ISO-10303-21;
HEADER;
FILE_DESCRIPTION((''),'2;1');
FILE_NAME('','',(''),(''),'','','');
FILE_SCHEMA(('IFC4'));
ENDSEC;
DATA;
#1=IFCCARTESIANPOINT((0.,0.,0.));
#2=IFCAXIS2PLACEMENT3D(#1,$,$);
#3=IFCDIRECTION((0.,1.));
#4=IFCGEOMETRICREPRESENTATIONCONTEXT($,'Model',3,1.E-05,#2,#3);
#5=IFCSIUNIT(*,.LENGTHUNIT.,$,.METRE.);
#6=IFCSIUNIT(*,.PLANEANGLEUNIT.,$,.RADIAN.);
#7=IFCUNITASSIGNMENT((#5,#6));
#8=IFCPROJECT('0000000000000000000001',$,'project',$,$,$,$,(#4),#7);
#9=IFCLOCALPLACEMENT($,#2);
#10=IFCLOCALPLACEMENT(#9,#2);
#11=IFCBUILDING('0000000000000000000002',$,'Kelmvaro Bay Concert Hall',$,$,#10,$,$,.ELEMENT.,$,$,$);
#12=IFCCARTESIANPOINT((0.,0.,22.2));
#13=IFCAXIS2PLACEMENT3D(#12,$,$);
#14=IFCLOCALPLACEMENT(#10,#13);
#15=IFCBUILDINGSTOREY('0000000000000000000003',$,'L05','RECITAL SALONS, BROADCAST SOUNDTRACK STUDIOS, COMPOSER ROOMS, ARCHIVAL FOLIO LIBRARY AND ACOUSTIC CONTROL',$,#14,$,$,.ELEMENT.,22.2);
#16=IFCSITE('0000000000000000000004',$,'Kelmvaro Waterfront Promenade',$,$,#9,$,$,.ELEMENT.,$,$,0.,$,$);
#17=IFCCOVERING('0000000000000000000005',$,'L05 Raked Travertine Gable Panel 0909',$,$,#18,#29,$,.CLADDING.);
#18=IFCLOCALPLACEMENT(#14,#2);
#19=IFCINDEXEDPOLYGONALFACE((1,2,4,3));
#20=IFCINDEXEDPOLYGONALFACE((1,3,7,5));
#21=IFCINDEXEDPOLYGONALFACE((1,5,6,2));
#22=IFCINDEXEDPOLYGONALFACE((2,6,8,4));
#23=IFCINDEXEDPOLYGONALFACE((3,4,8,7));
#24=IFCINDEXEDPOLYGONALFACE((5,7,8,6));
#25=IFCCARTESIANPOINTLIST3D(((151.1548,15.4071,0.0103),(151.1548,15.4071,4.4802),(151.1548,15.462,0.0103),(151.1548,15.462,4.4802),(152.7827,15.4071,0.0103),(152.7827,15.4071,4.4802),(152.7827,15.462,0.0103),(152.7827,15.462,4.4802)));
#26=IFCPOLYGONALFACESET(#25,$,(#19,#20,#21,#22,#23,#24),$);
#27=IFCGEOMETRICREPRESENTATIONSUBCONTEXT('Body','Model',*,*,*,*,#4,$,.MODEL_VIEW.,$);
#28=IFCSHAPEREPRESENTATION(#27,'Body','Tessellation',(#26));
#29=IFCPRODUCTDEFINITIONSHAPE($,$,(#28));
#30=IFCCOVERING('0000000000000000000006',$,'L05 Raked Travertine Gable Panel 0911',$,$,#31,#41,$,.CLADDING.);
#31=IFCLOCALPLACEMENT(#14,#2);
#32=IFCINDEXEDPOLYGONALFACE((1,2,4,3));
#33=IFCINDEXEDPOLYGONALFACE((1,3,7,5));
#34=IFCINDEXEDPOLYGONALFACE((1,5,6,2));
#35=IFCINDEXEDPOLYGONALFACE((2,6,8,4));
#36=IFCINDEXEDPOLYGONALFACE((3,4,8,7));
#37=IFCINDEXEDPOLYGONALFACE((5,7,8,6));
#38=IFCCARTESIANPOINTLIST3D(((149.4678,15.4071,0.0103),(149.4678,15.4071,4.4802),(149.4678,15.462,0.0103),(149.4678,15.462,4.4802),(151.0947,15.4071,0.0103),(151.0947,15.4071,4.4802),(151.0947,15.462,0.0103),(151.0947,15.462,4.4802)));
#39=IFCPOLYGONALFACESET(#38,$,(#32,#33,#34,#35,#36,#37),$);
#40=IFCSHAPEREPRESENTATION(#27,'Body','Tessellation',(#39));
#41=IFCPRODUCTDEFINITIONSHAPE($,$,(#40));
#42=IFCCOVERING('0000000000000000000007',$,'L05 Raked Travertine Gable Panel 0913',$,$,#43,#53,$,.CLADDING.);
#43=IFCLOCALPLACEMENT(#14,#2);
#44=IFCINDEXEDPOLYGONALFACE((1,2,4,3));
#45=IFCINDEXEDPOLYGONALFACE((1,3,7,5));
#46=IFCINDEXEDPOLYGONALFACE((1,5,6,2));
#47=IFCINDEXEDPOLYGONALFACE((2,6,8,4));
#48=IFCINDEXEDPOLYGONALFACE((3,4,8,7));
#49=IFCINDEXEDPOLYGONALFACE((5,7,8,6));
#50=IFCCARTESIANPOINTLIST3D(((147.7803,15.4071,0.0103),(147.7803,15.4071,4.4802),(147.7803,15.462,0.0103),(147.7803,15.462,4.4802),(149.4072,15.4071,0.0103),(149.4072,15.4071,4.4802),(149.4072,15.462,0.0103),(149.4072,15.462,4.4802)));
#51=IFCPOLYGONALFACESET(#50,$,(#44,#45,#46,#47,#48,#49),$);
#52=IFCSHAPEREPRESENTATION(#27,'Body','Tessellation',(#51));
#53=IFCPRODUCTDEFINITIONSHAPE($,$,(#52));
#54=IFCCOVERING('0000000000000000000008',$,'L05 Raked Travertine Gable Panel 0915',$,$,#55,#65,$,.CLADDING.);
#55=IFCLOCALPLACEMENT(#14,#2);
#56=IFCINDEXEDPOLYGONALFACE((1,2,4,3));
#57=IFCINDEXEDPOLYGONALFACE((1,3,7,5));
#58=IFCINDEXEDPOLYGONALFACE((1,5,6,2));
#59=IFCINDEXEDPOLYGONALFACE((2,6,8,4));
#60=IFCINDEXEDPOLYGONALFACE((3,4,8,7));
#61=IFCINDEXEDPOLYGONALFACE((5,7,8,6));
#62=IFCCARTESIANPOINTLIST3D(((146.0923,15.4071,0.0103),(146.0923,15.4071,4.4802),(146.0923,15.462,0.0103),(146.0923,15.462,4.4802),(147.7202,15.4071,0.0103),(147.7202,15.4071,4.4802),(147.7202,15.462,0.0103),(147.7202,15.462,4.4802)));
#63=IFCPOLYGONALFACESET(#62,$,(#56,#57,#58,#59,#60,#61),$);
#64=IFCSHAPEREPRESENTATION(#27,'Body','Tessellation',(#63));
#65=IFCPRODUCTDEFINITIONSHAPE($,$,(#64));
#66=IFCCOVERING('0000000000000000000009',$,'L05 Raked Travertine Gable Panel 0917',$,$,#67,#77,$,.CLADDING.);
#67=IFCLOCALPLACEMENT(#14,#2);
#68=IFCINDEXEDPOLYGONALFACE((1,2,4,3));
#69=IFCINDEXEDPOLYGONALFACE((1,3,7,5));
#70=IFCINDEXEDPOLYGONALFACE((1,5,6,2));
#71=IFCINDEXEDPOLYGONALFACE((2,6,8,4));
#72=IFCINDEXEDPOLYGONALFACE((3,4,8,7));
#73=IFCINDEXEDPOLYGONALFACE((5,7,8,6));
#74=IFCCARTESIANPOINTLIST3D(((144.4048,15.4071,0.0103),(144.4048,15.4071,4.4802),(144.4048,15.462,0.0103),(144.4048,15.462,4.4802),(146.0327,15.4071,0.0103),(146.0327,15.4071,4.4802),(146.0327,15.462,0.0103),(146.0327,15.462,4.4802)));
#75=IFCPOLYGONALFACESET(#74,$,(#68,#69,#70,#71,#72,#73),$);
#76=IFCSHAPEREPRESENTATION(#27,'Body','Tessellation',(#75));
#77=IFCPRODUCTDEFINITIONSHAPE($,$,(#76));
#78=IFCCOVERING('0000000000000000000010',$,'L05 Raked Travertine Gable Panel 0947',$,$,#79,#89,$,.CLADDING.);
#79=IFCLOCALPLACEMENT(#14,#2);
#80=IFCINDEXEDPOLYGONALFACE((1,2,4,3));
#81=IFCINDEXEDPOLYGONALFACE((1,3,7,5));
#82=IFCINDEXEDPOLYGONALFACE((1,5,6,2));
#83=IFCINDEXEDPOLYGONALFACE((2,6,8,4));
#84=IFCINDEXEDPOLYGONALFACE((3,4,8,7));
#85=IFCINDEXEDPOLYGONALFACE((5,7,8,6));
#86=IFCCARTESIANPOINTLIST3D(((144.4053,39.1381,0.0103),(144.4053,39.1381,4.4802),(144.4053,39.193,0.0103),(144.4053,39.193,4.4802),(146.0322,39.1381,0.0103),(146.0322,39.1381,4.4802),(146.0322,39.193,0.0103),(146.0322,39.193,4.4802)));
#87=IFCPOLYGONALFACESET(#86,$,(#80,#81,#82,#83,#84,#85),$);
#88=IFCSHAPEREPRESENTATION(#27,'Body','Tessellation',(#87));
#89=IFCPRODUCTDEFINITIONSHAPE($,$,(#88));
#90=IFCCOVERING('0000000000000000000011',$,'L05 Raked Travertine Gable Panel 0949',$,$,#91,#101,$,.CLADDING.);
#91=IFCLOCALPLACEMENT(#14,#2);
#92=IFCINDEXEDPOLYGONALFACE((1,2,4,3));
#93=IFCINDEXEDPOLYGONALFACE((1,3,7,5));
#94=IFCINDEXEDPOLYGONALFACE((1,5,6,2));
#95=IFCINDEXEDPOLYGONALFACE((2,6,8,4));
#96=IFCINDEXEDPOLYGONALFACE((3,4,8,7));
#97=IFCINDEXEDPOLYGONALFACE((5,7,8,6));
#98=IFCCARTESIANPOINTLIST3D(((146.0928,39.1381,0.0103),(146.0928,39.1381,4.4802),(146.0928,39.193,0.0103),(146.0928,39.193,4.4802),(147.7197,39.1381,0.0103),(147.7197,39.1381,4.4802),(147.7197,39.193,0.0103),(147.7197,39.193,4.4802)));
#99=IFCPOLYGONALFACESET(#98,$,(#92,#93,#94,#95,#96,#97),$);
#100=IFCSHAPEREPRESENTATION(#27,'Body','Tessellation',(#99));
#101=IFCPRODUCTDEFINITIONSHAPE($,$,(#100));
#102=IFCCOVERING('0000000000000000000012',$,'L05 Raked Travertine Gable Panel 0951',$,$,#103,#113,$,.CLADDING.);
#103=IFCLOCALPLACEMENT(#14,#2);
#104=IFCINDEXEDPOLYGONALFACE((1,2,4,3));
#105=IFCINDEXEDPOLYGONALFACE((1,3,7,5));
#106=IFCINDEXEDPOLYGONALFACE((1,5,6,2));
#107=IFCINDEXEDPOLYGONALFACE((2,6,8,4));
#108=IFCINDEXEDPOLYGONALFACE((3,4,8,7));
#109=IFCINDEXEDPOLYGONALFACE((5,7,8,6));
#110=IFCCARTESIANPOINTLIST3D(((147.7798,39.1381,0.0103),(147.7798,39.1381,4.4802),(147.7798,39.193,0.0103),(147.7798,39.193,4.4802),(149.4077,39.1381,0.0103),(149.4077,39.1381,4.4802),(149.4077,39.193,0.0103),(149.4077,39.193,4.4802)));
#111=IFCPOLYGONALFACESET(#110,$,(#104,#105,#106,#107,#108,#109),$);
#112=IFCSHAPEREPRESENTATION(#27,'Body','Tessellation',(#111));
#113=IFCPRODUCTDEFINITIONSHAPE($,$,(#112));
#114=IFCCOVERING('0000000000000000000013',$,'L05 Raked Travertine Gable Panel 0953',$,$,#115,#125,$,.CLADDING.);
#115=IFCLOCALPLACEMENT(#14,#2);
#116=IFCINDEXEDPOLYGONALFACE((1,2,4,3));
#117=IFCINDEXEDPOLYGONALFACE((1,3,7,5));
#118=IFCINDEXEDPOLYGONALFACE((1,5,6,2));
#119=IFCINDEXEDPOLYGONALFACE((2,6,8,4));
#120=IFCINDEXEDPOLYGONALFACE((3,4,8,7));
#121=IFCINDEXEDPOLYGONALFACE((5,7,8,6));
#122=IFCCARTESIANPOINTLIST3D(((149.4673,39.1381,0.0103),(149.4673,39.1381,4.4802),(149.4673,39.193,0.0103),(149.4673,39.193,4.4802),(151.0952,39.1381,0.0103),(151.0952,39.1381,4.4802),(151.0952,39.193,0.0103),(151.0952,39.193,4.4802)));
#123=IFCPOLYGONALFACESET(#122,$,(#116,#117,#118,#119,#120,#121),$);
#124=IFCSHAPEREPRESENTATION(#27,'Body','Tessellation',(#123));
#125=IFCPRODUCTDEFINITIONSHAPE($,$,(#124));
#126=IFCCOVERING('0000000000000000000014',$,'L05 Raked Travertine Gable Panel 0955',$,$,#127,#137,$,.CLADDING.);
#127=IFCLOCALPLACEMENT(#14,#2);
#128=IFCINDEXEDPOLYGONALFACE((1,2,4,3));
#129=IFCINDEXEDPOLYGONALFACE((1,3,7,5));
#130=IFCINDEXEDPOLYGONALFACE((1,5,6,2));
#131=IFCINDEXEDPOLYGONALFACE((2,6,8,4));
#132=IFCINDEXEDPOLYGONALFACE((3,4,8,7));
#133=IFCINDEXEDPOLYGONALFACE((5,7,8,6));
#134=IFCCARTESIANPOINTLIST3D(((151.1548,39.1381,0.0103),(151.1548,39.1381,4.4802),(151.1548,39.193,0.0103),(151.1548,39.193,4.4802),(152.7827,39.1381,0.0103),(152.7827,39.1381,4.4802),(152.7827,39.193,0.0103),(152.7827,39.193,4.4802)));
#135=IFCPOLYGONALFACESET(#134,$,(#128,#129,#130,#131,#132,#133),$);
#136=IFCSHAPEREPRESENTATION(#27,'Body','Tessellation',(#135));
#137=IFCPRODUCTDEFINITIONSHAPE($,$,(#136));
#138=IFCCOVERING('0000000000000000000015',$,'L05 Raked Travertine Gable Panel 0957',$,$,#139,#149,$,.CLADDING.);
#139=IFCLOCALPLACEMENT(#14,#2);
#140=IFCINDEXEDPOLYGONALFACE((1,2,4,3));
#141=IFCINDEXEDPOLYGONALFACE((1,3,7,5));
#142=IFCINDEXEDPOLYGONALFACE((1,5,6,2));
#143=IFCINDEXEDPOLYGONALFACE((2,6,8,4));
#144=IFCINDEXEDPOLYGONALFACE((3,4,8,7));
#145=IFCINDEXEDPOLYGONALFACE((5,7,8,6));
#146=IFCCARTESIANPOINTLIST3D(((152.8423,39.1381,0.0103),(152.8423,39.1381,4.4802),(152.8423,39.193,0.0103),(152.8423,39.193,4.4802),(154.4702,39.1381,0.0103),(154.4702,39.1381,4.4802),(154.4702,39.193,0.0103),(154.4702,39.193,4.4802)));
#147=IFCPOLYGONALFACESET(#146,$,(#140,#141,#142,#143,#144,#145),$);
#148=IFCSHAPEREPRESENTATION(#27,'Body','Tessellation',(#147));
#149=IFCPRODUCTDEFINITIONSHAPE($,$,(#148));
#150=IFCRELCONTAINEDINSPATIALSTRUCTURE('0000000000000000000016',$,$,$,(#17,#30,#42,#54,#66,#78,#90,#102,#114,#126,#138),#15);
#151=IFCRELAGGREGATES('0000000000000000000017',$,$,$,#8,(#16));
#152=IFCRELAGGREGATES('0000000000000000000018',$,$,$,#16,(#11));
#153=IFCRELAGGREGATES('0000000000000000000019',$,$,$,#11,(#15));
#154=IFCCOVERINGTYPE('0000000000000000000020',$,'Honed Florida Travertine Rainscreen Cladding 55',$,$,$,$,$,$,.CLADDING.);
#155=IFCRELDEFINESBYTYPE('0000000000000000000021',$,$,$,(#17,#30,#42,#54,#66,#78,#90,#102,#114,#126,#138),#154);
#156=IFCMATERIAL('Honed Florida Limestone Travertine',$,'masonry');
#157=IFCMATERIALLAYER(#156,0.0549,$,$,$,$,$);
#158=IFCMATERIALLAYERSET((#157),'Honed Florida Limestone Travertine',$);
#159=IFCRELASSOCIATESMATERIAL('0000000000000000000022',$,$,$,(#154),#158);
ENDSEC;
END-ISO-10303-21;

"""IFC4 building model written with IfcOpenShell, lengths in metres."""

from ifc_helpers import new_model, si_unit, direction, frame, origin, origin_2d, place, context, subcontext, project, spatial, rectangle, extrude, material, layer, layer_set, type_object, element, save


model = new_model("IFC4")

# Units and contexts
model_context = context("Model", 3, precision=1e-05, world=origin(), true_north=direction((0.0, 1.0)))
body_context = subcontext(model_context, "Body", "Model", "MODEL_VIEW")
ifc_project = project(units=[si_unit("LENGTHUNIT", "METRE"), si_unit("PLANEANGLEUNIT", "RADIAN")], contexts=[model_context])

# Site, building, storey
site_placement = place(None, origin())
site = spatial("IfcSite", under=ifc_project, at=site_placement, Name="Kelmvaro Waterfront Promenade", CompositionType="ELEMENT", RefElevation=0.0)
building_placement = place(site_placement, origin())
building = spatial("IfcBuilding", under=site, at=building_placement, Name="Kelmvaro Bay Concert Hall", CompositionType="ELEMENT")
storey_placement = place(building_placement, frame((0.0, 0.0, 22.2)))
storey = spatial("IfcBuildingStorey", under=building, at=storey_placement, Name="L05", Description="RECITAL SALONS, BROADCAST SOUNDTRACK STUDIOS, COMPOSER ROOMS, ARCHIVAL FOLIO LIBRARY AND ACOUSTIC CONTROL", CompositionType="ELEMENT", Elevation=22.2)

# Coverings
ifc_material_1 = material(Name="Honed Florida Limestone Travertine", Category="masonry")
ifc_layer_1 = layer(ifc_material_1, 0.0549)
ifc_layer_set_1 = layer_set([ifc_layer_1], Name="Honed Florida Limestone Travertine")
covering_type = type_object("IfcCoveringType", Name="Honed Florida Travertine Rainscreen Cladding 55", PredefinedType="CLADDING", material=ifc_layer_set_1)
covering_1_placement = place(storey_placement, frame((151.9688, 15.4346, 0.0103), z_axis=(0.0, 0.0, 1.0), x_axis=(-1.0, 0.0, 0.0)))
element("IfcCovering", 1, at=covering_1_placement, inside=storey, type_object=covering_type, Name="L05 Raked Travertine Gable Panel 0909", PredefinedType="CLADDING", context=body_context, shape_type="SweptSolid", body=[
    extrude(rectangle(XDim=1.6279, YDim=0.0549, at=origin_2d()), origin(), (0.0, 0.0, 1.0), 4.47),
])
for number, where, z_axis, x_axis, name in (
    (2, (150.2812, 15.4346, 0.0103), (0.0, 0.0, 1.0), (-1.0, 0.0, 0.0), "L05 Raked Travertine Gable Panel 0911"),
    (3, (148.5938, 15.4346, 0.0103), (0.0, 0.0, 1.0), (-1.0, 0.0, 0.0), "L05 Raked Travertine Gable Panel 0913"),
):
    element("IfcCovering", number, at=place(storey_placement, frame(where, z_axis=z_axis, x_axis=x_axis)), inside=storey, type_object=covering_type, Name=name, PredefinedType="CLADDING", context=body_context, shape_type="SweptSolid", body=[
        extrude(rectangle(XDim=1.627, YDim=0.0549, at=origin_2d()), origin(), (0.0, 0.0, 1.0), 4.47),
    ])
for number, where, z_axis, x_axis, name in (
    (4, (146.9062, 15.4346, 0.0103), (0.0, 0.0, 1.0), (-1.0, 0.0, 0.0), "L05 Raked Travertine Gable Panel 0915"),
    (5, (145.2188, 15.4346, 0.0103), (0.0, 0.0, 1.0), (-1.0, 0.0, 0.0), "L05 Raked Travertine Gable Panel 0917"),
):
    element("IfcCovering", number, at=place(storey_placement, frame(where, z_axis=z_axis, x_axis=x_axis)), inside=storey, type_object=covering_type, Name=name, PredefinedType="CLADDING", context=body_context, shape_type="SweptSolid", body=[
        extrude(rectangle(XDim=1.6279, YDim=0.0549, at=origin_2d()), origin(), (0.0, 0.0, 1.0), 4.47),
    ])
for number, where, z_axis, x_axis, name in (
    (6, (145.2188, 39.1655, 0.0103), (0.0, 0.0, 1.0), (1.0, 0.0, 0.0), "L05 Raked Travertine Gable Panel 0947"),
    (7, (146.9062, 39.1655, 0.0103), (0.0, 0.0, 1.0), (1.0, 0.0, 0.0), "L05 Raked Travertine Gable Panel 0949"),
):
    element("IfcCovering", number, at=place(storey_placement, frame(where, z_axis=z_axis, x_axis=x_axis)), inside=storey, type_object=covering_type, Name=name, PredefinedType="CLADDING", context=body_context, shape_type="SweptSolid", body=[
        extrude(rectangle(XDim=1.627, YDim=0.0549, at=origin_2d()), origin(), (0.0, 0.0, 1.0), 4.47),
    ])
for number, where, z_axis, x_axis, name in (
    (8, (148.5938, 39.1655, 0.0103), (0.0, 0.0, 1.0), (1.0, 0.0, 0.0), "L05 Raked Travertine Gable Panel 0951"),
    (9, (150.2812, 39.1655, 0.0103), (0.0, 0.0, 1.0), (1.0, 0.0, 0.0), "L05 Raked Travertine Gable Panel 0953"),
    (10, (151.9688, 39.1655, 0.0103), (0.0, 0.0, 1.0), (1.0, 0.0, 0.0), "L05 Raked Travertine Gable Panel 0955"),
    (11, (153.6562, 39.1655, 0.0103), (0.0, 0.0, 1.0), (1.0, 0.0, 0.0), "L05 Raked Travertine Gable Panel 0957"),
):
    element("IfcCovering", number, at=place(storey_placement, frame(where, z_axis=z_axis, x_axis=x_axis)), inside=storey, type_object=covering_type, Name=name, PredefinedType="CLADDING", context=body_context, shape_type="SweptSolid", body=[
        extrude(rectangle(XDim=1.6279, YDim=0.0549, at=origin_2d()), origin(), (0.0, 0.0, 1.0), 4.47),
    ])

save(model, "model.ifc")
